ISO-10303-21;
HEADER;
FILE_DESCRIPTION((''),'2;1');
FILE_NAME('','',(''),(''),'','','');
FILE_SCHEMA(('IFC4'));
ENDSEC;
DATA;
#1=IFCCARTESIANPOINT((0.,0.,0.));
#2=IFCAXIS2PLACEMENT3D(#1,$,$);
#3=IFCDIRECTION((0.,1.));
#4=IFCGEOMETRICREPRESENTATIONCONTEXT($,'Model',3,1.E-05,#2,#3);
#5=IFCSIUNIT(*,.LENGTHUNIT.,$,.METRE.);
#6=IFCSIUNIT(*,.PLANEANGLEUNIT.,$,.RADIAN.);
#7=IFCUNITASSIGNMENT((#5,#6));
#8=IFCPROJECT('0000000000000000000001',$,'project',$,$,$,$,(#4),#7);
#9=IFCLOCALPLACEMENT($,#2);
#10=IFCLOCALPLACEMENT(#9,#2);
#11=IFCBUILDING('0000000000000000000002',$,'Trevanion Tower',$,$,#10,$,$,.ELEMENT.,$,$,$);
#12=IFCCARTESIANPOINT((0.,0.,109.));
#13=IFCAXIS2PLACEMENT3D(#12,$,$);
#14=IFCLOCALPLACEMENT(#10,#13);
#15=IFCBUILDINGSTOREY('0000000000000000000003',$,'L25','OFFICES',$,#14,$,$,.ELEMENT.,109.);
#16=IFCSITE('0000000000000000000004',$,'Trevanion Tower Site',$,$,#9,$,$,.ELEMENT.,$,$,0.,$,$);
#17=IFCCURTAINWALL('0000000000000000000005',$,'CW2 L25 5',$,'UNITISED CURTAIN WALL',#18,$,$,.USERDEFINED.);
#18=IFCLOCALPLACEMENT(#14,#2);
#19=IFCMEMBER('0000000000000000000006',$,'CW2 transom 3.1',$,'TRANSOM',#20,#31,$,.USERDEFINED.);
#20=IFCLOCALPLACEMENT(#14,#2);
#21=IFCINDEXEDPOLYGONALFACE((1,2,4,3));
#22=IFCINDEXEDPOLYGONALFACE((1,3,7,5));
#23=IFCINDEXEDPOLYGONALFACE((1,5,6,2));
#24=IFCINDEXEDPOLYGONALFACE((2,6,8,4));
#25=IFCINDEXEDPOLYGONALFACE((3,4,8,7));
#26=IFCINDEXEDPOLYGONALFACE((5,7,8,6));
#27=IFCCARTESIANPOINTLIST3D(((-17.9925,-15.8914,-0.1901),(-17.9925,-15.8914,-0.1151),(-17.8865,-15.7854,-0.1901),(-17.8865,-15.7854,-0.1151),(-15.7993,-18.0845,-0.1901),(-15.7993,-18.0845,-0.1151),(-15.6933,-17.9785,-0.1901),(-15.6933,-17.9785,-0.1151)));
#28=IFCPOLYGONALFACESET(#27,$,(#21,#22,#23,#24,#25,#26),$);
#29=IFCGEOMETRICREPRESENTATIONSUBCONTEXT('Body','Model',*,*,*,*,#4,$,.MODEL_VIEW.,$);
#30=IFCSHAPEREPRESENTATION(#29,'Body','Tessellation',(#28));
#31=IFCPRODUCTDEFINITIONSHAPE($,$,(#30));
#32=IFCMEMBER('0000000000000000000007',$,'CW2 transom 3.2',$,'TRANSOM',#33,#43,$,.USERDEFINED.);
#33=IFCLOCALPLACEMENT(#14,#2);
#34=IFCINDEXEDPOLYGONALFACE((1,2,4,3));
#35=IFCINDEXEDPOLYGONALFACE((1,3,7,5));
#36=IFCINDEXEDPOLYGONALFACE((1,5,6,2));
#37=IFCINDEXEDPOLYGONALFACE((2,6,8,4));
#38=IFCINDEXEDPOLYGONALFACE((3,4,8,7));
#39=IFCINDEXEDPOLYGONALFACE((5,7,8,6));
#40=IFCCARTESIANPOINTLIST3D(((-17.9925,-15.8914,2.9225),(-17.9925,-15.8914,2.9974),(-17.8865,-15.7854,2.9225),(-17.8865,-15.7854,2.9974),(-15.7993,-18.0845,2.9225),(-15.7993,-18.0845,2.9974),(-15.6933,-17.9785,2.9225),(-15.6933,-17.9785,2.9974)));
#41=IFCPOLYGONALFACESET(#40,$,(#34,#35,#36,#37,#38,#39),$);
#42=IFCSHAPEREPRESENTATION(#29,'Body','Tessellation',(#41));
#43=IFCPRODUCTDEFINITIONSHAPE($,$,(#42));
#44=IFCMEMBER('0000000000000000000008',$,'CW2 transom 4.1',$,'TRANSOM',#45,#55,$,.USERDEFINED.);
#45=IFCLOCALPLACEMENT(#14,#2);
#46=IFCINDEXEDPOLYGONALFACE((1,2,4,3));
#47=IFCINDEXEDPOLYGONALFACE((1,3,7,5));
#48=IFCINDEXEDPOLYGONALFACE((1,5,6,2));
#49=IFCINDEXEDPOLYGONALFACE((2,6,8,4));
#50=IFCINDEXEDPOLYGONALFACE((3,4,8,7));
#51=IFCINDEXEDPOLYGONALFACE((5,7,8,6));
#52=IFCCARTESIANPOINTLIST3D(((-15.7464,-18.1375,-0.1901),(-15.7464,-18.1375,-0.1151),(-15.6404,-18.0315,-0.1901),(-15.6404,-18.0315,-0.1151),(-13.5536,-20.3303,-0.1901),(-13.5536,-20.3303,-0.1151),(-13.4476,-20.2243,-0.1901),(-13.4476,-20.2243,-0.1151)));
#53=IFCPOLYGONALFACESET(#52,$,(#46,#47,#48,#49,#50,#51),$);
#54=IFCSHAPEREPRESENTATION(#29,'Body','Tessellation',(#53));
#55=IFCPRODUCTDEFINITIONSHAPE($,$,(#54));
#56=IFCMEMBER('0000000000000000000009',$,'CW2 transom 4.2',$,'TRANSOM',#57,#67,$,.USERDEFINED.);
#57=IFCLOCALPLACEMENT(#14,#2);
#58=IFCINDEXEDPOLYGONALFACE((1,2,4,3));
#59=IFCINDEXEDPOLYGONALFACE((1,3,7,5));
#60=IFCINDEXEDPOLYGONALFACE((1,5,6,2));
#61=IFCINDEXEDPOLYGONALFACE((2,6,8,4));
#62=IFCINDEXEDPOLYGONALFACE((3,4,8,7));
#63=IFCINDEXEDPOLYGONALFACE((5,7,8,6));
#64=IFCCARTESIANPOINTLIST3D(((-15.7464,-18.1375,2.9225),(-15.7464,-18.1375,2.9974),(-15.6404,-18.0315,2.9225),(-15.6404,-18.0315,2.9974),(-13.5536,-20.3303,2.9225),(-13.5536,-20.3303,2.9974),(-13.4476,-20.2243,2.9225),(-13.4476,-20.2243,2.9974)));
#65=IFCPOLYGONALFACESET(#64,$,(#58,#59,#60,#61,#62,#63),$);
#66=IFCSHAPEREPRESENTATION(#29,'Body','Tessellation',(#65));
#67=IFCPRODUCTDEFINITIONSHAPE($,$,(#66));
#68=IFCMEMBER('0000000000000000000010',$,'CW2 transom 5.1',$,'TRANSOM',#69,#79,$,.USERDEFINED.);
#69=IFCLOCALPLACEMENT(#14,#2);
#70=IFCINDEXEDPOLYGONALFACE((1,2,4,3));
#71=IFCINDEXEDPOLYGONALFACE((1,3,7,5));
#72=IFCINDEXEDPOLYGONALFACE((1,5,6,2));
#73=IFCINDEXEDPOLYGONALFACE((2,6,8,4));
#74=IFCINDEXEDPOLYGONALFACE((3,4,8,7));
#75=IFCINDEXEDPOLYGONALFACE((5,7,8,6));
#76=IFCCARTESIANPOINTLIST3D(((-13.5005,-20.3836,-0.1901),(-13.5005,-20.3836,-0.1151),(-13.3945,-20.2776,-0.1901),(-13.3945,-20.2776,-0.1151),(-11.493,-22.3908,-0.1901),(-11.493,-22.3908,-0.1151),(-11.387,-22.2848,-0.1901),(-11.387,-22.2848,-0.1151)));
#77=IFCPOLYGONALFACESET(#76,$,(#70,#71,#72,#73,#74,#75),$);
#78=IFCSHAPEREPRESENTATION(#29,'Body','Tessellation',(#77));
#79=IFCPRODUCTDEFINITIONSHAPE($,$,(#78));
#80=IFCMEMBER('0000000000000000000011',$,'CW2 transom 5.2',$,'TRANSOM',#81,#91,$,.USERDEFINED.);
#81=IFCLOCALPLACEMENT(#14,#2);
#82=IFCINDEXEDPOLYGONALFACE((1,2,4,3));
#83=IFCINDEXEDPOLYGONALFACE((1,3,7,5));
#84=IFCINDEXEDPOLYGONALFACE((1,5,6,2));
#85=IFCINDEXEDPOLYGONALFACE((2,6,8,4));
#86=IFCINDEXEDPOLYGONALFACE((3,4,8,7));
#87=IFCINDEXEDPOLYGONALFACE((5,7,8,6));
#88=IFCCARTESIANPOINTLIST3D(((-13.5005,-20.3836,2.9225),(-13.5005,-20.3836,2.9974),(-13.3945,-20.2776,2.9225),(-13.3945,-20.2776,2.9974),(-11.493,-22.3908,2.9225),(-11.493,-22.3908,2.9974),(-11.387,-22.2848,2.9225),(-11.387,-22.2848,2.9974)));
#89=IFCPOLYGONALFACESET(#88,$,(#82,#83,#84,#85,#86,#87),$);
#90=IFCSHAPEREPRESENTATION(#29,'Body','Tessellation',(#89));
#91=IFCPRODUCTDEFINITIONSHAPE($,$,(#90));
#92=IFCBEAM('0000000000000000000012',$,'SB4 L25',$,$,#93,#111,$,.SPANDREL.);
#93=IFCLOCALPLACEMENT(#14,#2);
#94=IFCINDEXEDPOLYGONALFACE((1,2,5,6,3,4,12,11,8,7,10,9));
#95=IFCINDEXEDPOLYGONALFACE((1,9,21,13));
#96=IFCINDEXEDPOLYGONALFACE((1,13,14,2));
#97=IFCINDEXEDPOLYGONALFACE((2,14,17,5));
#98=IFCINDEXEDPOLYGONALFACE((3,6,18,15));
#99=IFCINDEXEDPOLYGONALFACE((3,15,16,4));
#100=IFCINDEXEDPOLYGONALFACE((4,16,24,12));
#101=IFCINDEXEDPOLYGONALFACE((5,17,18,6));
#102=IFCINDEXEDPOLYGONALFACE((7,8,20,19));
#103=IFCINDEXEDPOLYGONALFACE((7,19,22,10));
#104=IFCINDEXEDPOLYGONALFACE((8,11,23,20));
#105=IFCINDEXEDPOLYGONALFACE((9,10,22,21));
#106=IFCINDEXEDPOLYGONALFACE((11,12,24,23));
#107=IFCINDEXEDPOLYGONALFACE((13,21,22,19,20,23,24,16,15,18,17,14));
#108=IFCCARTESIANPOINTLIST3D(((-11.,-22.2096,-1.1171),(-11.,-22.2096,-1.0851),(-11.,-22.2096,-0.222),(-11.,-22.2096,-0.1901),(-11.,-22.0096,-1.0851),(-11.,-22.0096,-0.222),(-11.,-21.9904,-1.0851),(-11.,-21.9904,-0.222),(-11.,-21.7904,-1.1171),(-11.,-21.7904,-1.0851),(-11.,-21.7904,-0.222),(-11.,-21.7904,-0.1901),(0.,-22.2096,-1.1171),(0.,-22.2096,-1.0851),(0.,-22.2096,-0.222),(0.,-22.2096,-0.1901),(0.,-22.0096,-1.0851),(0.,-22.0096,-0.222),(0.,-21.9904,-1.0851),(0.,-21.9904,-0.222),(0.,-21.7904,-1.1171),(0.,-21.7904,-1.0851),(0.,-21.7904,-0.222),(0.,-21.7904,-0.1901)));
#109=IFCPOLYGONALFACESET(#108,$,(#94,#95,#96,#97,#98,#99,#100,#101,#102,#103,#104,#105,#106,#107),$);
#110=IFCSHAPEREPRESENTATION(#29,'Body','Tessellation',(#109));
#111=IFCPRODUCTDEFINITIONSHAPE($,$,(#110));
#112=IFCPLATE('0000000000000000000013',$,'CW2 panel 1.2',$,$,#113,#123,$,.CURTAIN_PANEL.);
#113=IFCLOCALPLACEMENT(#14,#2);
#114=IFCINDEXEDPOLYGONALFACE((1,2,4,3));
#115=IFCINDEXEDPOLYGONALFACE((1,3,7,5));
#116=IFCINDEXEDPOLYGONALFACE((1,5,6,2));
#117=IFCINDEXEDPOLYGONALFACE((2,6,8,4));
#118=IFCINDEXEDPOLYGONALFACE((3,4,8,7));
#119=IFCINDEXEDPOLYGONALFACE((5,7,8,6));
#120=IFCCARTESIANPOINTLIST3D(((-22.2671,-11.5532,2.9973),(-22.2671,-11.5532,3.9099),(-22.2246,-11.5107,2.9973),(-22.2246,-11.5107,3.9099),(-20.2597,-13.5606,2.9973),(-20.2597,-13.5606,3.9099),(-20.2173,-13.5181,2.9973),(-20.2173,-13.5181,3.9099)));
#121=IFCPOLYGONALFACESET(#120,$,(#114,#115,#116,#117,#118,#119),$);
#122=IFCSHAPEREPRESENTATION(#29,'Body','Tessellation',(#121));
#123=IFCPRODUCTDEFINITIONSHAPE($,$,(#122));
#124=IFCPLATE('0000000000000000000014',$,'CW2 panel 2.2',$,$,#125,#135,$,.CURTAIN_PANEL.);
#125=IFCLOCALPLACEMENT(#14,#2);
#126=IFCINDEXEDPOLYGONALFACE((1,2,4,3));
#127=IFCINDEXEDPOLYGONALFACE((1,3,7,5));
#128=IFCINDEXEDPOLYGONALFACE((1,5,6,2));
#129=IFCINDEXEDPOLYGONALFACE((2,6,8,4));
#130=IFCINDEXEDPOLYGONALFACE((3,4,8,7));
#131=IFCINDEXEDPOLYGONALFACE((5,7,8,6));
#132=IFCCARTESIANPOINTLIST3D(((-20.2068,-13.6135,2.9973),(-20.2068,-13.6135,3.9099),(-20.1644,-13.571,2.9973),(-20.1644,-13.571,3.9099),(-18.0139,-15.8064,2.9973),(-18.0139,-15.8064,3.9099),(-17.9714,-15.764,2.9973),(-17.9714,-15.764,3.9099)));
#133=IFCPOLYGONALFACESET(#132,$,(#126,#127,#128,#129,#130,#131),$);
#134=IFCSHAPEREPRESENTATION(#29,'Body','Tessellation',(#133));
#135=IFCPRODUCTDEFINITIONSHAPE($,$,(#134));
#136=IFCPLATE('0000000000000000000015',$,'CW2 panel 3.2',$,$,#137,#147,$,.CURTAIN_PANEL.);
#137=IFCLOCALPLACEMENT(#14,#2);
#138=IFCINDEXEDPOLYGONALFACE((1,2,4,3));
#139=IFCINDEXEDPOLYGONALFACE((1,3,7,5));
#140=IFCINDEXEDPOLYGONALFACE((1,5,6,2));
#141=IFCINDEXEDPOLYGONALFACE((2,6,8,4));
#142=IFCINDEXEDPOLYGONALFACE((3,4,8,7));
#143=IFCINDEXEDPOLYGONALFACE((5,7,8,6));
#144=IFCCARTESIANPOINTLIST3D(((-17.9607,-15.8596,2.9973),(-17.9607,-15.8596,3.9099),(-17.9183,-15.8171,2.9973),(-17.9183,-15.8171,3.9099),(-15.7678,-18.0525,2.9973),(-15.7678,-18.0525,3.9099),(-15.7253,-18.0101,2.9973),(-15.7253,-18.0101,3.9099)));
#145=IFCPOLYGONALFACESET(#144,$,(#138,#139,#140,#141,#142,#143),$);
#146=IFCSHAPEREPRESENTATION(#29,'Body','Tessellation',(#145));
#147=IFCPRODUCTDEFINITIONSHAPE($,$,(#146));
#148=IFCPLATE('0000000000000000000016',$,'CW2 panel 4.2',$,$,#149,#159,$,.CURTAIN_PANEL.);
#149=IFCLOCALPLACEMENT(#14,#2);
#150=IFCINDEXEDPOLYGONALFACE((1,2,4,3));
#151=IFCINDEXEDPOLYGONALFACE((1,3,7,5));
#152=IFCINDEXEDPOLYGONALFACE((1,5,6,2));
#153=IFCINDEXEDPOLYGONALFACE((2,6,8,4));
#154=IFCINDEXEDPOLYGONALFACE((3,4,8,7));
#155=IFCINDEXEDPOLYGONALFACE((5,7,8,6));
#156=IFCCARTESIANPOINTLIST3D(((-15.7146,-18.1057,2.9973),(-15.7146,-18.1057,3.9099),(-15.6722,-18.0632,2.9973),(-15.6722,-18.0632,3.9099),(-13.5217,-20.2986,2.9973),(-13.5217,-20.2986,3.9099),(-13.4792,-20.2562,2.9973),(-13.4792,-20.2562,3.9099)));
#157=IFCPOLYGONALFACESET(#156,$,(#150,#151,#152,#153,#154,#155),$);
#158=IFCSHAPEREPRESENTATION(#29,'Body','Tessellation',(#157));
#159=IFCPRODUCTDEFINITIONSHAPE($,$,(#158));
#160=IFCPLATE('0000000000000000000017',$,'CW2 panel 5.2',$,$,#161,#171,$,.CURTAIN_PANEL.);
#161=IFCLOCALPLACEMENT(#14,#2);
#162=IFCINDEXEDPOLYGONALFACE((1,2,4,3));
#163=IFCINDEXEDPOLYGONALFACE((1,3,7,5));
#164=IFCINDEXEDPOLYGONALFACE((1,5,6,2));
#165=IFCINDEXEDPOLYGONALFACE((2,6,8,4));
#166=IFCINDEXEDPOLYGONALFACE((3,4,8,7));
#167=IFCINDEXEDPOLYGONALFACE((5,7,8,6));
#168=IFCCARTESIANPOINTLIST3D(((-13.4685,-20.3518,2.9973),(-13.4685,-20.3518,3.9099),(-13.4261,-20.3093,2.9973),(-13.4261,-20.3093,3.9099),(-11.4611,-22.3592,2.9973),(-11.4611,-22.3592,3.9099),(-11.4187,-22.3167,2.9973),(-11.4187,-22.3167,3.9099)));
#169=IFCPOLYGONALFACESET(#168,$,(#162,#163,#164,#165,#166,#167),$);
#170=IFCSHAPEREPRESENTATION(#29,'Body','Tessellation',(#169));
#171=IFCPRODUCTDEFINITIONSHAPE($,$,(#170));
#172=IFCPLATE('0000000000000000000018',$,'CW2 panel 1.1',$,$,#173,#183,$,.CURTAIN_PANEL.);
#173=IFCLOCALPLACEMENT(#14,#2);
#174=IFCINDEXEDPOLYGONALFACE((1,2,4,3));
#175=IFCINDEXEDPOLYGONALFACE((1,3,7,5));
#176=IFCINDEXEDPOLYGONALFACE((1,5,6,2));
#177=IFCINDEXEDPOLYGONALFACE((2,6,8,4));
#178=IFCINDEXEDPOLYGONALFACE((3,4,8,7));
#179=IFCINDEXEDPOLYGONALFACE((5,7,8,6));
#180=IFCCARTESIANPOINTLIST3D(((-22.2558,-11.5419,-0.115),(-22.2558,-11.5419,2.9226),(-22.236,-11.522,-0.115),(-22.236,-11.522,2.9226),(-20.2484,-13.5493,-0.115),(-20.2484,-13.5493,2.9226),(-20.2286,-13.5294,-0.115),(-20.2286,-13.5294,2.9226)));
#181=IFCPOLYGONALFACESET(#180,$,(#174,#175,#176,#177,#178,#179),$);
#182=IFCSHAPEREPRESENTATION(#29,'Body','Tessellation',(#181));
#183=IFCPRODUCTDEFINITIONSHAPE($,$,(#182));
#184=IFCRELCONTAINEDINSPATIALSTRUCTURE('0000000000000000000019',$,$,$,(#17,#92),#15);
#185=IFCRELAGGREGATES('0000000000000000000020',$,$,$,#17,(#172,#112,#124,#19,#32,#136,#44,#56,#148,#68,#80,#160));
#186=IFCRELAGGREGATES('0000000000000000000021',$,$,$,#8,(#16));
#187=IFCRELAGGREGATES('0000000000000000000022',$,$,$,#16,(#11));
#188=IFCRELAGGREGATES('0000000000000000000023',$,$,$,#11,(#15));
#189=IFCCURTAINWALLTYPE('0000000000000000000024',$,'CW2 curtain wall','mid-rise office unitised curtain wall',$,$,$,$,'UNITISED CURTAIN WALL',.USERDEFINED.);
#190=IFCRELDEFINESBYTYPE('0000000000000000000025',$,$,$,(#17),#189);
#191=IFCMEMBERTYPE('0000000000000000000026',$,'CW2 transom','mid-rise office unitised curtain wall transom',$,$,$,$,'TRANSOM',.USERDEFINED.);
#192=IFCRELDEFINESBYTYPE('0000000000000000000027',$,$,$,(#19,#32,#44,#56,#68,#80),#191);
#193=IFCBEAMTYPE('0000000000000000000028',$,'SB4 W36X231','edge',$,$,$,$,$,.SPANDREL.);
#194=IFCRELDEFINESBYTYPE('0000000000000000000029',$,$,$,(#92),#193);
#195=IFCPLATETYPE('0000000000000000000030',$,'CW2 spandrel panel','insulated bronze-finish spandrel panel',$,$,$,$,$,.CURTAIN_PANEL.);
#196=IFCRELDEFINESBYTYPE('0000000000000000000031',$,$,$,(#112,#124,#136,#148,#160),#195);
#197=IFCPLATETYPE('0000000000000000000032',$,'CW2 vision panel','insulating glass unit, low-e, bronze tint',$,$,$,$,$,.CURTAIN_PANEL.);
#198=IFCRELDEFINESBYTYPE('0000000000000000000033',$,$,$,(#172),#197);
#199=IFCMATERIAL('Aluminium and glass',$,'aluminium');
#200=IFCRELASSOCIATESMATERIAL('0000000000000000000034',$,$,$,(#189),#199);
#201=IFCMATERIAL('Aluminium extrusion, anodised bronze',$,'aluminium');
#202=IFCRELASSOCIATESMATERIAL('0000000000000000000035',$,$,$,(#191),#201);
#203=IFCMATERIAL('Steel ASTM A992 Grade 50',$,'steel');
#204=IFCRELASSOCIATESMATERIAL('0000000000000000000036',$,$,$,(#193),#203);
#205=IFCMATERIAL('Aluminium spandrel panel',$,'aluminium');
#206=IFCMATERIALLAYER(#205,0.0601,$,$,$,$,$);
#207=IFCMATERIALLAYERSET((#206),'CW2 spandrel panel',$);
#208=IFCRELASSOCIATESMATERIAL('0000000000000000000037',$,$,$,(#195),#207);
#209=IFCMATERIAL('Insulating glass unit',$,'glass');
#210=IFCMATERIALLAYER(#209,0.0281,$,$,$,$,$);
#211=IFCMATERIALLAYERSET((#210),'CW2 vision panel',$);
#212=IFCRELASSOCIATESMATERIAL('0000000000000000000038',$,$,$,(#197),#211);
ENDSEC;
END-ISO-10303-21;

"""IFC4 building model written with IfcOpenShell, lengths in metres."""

from ifc_helpers import new_model, si_unit, direction, frame, origin, origin_2d, place, context, subcontext, project, spatial, rectangle, i_section, extrude, material, layer, layer_set, material_profile, profile_set, type_object, element, aggregate, save


model = new_model("IFC4")

# Units and contexts
model_context = context("Model", 3, precision=1e-05, world=origin(), true_north=direction((0.0, 1.0)))
body_context = subcontext(model_context, "Body", "Model", "MODEL_VIEW")
ifc_project = project(units=[si_unit("LENGTHUNIT", "METRE"), si_unit("PLANEANGLEUNIT", "RADIAN")], contexts=[model_context])

# Site, building, storey
site_placement = place(None, origin())
site = spatial("IfcSite", under=ifc_project, at=site_placement, Name="Trevanion Tower Site", CompositionType="ELEMENT", RefElevation=0.0)
building_placement = place(site_placement, origin())
building = spatial("IfcBuilding", under=site, at=building_placement, Name="Trevanion Tower", CompositionType="ELEMENT")
storey_placement = place(building_placement, frame((0.0, 0.0, 109.0)))
storey = spatial("IfcBuildingStorey", under=building, at=storey_placement, Name="L25", Description="OFFICES", CompositionType="ELEMENT", Elevation=109.0)

# Curtain wall
ifc_material_1 = material(Name="Aluminium and glass", Category="aluminium")
curtain_wall_type = type_object("IfcCurtainWallType", Name="CW2 curtain wall", Description="mid-rise office unitised curtain wall", ElementType="UNITISED CURTAIN WALL", PredefinedType="USERDEFINED", material=ifc_material_1)
curtain_wall_1_placement = place(storey_placement, origin())
curtain_wall_1 = element("IfcCurtainWall", 1, at=curtain_wall_1_placement, inside=storey, type_object=curtain_wall_type, Name="CW2 L25 5", ObjectType="UNITISED CURTAIN WALL", PredefinedType="USERDEFINED")

# Members
ifc_material_2 = material(Name="Aluminium extrusion, anodised bronze", Category="aluminium")
ifc_material_profile_1 = material_profile(ifc_material_2, rectangle(XDim=0.1499, YDim=0.075, at=origin_2d()), Name="CW2 transom")
ifc_profile_set_1 = profile_set([ifc_material_profile_1], Name="Aluminium extrusion, anodised bronze")
member_type_1 = type_object("IfcMemberType", Name="CW2 transom", Description="mid-rise office unitised curtain wall transom", ElementType="TRANSOM", PredefinedType="USERDEFINED", material=ifc_profile_set_1)
member_1_placement = place(storey_placement, frame((-17.9395, -15.8384, -0.1526), z_axis=(0.707107, -0.707107, 0.0), x_axis=(0.707107, 0.707107, 0.0)))
member_1 = element("IfcMember", 2, at=member_1_placement, type_object=member_type_1, Name="CW2 transom 3.1", ObjectType="TRANSOM", PredefinedType="USERDEFINED", context=body_context, shape_type="SweptSolid", body=[
    extrude(rectangle(XDim=0.1499, YDim=0.075, at=origin_2d()), origin(), (0.0, 0.0, 1.0), 3.1016),
])
member_2_placement = place(storey_placement, frame((-17.9395, -15.8384, 2.96), z_axis=(0.707107, -0.707107, 0.0), x_axis=(0.707107, 0.707107, 0.0)))
member_2 = element("IfcMember", 3, at=member_2_placement, type_object=member_type_1, Name="CW2 transom 3.2", ObjectType="TRANSOM", PredefinedType="USERDEFINED", context=body_context, shape_type="SweptSolid", body=[
    extrude(rectangle(XDim=0.1499, YDim=0.075, at=origin_2d()), origin(), (0.0, 0.0, 1.0), 3.1016),
])
member_3_placement = place(storey_placement, frame((-15.6934, -18.0845, -0.1526), z_axis=(0.707107, -0.707107, 0.0), x_axis=(0.707107, 0.707107, 0.0)))
member_3 = element("IfcMember", 4, at=member_3_placement, type_object=member_type_1, Name="CW2 transom 4.1", ObjectType="TRANSOM", PredefinedType="USERDEFINED", context=body_context, shape_type="SweptSolid", body=[
    extrude(rectangle(XDim=0.1499, YDim=0.075, at=origin_2d()), origin(), (0.0, 0.0, 1.0), 3.1011),
])
member_4_placement = place(storey_placement, frame((-15.6934, -18.0845, 2.96), z_axis=(0.707107, -0.707107, 0.0), x_axis=(0.707107, 0.707107, 0.0)))
member_4 = element("IfcMember", 5, at=member_4_placement, type_object=member_type_1, Name="CW2 transom 4.2", ObjectType="TRANSOM", PredefinedType="USERDEFINED", context=body_context, shape_type="SweptSolid", body=[
    extrude(rectangle(XDim=0.1499, YDim=0.075, at=origin_2d()), origin(), (0.0, 0.0, 1.0), 3.1011),
])
member_5_placement = place(storey_placement, frame((-13.4475, -20.3306, -0.1526), z_axis=(0.70715, -0.707064, 0.0), x_axis=(0.707064, 0.70715, 0.0)))
member_5 = element("IfcMember", 6, at=member_5_placement, type_object=member_type_1, Name="CW2 transom 5.1", ObjectType="TRANSOM", PredefinedType="USERDEFINED", context=body_context, shape_type="SweptSolid", body=[
    extrude(rectangle(XDim=0.1499, YDim=0.075, at=origin_2d()), origin(), (0.0, 0.0, 1.0), 2.8389),
])
member_6_placement = place(storey_placement, frame((-13.4475, -20.3306, 2.96), z_axis=(0.70715, -0.707064, 0.0), x_axis=(0.707064, 0.70715, 0.0)))
member_6 = element("IfcMember", 7, at=member_6_placement, type_object=member_type_1, Name="CW2 transom 5.2", ObjectType="TRANSOM", PredefinedType="USERDEFINED", context=body_context, shape_type="SweptSolid", body=[
    extrude(rectangle(XDim=0.1499, YDim=0.075, at=origin_2d()), origin(), (0.0, 0.0, 1.0), 2.8389),
])

# Beam
ifc_material_3 = material(Name="Steel ASTM A992 Grade 50", Category="steel")
ifc_material_profile_2 = material_profile(ifc_material_3, i_section(OverallWidth=0.4192, OverallDepth=0.927, WebThickness=0.0193, FlangeThickness=0.032, at=origin_2d()), Name="W36X231")
ifc_profile_set_2 = profile_set([ifc_material_profile_2], Name="Steel ASTM A992 Grade 50")
beam_type_1 = type_object("IfcBeamType", Name="SB4 W36X231", Description="edge", PredefinedType="SPANDREL", material=ifc_profile_set_2)
beam_1_placement = place(storey_placement, frame((-11.0, -22.0, -0.6536), z_axis=(1.0, 0.0, 0.0), x_axis=(0.0, 1.0, 0.0)))
element("IfcBeam", 8, at=beam_1_placement, inside=storey, type_object=beam_type_1, Name="SB4 L25", PredefinedType="SPANDREL", context=body_context, shape_type="SweptSolid", body=[
    extrude(i_section(OverallWidth=0.4192, OverallDepth=0.927, WebThickness=0.0193, FlangeThickness=0.032, at=origin_2d()), origin(), (0.0, 0.0, 1.0), 11.0),
])

# Plates
ifc_material_4 = material(Name="Aluminium spandrel panel", Category="aluminium")
ifc_layer_1 = layer(ifc_material_4, 0.0601)
ifc_layer_set_1 = layer_set([ifc_layer_1], Name="CW2 spandrel panel")
plate_type_1 = type_object("IfcPlateType", Name="CW2 spandrel panel", Description="insulated bronze-finish spandrel panel", PredefinedType="CURTAIN_PANEL", material=ifc_layer_set_1)
plate_1_placement = place(storey_placement, frame((-21.2422, -12.5356, 2.9973), z_axis=(0.0, 0.0, 1.0), x_axis=(0.707107, -0.707107, 0.0)))
plate_1 = element("IfcPlate", 9, at=plate_1_placement, type_object=plate_type_1, Name="CW2 panel 1.2", PredefinedType="CURTAIN_PANEL", context=body_context, shape_type="SweptSolid", body=[
    extrude(rectangle(XDim=2.8389, YDim=0.0601, at=origin_2d()), origin(), (0.0, 0.0, 1.0), 0.9126),
])
plate_2_placement = place(storey_placement, frame((-19.0891, -14.6887, 2.9973), z_axis=(0.0, 0.0, 1.0), x_axis=(0.707107, -0.707107, 0.0)))
plate_2 = element("IfcPlate", 10, at=plate_2_placement, type_object=plate_type_1, Name="CW2 panel 2.2", PredefinedType="CURTAIN_PANEL", context=body_context, shape_type="SweptSolid", body=[
    extrude(rectangle(XDim=3.1013, YDim=0.0601, at=origin_2d()), origin(), (0.0, 0.0, 1.0), 0.9126),
])
plate_3_placement = place(storey_placement, frame((-16.843, -16.9348, 2.9973), z_axis=(0.0, 0.0, 1.0), x_axis=(0.707107, -0.707107, 0.0)))
plate_3 = element("IfcPlate", 11, at=plate_3_placement, type_object=plate_type_1, Name="CW2 panel 3.2", PredefinedType="CURTAIN_PANEL", context=body_context, shape_type="SweptSolid", body=[
    extrude(rectangle(XDim=3.1013, YDim=0.0601, at=origin_2d()), origin(), (0.0, 0.0, 1.0), 0.9126),
])
plate_4_placement = place(storey_placement, frame((-14.5969, -19.1809, 2.9973), z_axis=(0.0, 0.0, 1.0), x_axis=(0.707107, -0.707107, 0.0)))
plate_4 = element("IfcPlate", 12, at=plate_4_placement, type_object=plate_type_1, Name="CW2 panel 4.2", PredefinedType="CURTAIN_PANEL", context=body_context, shape_type="SweptSolid", body=[
    extrude(rectangle(XDim=3.1013, YDim=0.0601, at=origin_2d()), origin(), (0.0, 0.0, 1.0), 0.9126),
])
plate_5_placement = place(storey_placement, frame((-12.4436, -21.3342, 2.9973), z_axis=(0.0, 0.0, 1.0), x_axis=(0.707107, -0.707107, 0.0)))
plate_5 = element("IfcPlate", 13, at=plate_5_placement, type_object=plate_type_1, Name="CW2 panel 5.2", PredefinedType="CURTAIN_PANEL", context=body_context, shape_type="SweptSolid", body=[
    extrude(rectangle(XDim=2.8389, YDim=0.0601, at=origin_2d()), origin(), (0.0, 0.0, 1.0), 0.9126),
])
ifc_material_5 = material(Name="Insulating glass unit", Category="glass")
ifc_layer_2 = layer(ifc_material_5, 0.0281)
ifc_layer_set_2 = layer_set([ifc_layer_2], Name="CW2 vision panel")
plate_type_2 = type_object("IfcPlateType", Name="CW2 vision panel", Description="insulating glass unit, low-e, bronze tint", PredefinedType="CURTAIN_PANEL", material=ifc_layer_set_2)
plate_6_placement = place(storey_placement, frame((-21.2422, -12.5356, -0.115), z_axis=(0.0, 0.0, 1.0), x_axis=(0.707107, -0.707107, 0.0)))
plate_6 = element("IfcPlate", 14, at=plate_6_placement, type_object=plate_type_2, Name="CW2 panel 1.1", PredefinedType="CURTAIN_PANEL", context=body_context, shape_type="SweptSolid", body=[
    extrude(rectangle(XDim=2.8389, YDim=0.0281, at=origin_2d()), origin(), (0.0, 0.0, 1.0), 3.0376),
])
aggregate(curtain_wall_1, [plate_6, plate_1, plate_2, member_1, member_2, plate_3, member_3, member_4, plate_4, member_5, member_6, plate_5])

save(model, "model.ifc")
